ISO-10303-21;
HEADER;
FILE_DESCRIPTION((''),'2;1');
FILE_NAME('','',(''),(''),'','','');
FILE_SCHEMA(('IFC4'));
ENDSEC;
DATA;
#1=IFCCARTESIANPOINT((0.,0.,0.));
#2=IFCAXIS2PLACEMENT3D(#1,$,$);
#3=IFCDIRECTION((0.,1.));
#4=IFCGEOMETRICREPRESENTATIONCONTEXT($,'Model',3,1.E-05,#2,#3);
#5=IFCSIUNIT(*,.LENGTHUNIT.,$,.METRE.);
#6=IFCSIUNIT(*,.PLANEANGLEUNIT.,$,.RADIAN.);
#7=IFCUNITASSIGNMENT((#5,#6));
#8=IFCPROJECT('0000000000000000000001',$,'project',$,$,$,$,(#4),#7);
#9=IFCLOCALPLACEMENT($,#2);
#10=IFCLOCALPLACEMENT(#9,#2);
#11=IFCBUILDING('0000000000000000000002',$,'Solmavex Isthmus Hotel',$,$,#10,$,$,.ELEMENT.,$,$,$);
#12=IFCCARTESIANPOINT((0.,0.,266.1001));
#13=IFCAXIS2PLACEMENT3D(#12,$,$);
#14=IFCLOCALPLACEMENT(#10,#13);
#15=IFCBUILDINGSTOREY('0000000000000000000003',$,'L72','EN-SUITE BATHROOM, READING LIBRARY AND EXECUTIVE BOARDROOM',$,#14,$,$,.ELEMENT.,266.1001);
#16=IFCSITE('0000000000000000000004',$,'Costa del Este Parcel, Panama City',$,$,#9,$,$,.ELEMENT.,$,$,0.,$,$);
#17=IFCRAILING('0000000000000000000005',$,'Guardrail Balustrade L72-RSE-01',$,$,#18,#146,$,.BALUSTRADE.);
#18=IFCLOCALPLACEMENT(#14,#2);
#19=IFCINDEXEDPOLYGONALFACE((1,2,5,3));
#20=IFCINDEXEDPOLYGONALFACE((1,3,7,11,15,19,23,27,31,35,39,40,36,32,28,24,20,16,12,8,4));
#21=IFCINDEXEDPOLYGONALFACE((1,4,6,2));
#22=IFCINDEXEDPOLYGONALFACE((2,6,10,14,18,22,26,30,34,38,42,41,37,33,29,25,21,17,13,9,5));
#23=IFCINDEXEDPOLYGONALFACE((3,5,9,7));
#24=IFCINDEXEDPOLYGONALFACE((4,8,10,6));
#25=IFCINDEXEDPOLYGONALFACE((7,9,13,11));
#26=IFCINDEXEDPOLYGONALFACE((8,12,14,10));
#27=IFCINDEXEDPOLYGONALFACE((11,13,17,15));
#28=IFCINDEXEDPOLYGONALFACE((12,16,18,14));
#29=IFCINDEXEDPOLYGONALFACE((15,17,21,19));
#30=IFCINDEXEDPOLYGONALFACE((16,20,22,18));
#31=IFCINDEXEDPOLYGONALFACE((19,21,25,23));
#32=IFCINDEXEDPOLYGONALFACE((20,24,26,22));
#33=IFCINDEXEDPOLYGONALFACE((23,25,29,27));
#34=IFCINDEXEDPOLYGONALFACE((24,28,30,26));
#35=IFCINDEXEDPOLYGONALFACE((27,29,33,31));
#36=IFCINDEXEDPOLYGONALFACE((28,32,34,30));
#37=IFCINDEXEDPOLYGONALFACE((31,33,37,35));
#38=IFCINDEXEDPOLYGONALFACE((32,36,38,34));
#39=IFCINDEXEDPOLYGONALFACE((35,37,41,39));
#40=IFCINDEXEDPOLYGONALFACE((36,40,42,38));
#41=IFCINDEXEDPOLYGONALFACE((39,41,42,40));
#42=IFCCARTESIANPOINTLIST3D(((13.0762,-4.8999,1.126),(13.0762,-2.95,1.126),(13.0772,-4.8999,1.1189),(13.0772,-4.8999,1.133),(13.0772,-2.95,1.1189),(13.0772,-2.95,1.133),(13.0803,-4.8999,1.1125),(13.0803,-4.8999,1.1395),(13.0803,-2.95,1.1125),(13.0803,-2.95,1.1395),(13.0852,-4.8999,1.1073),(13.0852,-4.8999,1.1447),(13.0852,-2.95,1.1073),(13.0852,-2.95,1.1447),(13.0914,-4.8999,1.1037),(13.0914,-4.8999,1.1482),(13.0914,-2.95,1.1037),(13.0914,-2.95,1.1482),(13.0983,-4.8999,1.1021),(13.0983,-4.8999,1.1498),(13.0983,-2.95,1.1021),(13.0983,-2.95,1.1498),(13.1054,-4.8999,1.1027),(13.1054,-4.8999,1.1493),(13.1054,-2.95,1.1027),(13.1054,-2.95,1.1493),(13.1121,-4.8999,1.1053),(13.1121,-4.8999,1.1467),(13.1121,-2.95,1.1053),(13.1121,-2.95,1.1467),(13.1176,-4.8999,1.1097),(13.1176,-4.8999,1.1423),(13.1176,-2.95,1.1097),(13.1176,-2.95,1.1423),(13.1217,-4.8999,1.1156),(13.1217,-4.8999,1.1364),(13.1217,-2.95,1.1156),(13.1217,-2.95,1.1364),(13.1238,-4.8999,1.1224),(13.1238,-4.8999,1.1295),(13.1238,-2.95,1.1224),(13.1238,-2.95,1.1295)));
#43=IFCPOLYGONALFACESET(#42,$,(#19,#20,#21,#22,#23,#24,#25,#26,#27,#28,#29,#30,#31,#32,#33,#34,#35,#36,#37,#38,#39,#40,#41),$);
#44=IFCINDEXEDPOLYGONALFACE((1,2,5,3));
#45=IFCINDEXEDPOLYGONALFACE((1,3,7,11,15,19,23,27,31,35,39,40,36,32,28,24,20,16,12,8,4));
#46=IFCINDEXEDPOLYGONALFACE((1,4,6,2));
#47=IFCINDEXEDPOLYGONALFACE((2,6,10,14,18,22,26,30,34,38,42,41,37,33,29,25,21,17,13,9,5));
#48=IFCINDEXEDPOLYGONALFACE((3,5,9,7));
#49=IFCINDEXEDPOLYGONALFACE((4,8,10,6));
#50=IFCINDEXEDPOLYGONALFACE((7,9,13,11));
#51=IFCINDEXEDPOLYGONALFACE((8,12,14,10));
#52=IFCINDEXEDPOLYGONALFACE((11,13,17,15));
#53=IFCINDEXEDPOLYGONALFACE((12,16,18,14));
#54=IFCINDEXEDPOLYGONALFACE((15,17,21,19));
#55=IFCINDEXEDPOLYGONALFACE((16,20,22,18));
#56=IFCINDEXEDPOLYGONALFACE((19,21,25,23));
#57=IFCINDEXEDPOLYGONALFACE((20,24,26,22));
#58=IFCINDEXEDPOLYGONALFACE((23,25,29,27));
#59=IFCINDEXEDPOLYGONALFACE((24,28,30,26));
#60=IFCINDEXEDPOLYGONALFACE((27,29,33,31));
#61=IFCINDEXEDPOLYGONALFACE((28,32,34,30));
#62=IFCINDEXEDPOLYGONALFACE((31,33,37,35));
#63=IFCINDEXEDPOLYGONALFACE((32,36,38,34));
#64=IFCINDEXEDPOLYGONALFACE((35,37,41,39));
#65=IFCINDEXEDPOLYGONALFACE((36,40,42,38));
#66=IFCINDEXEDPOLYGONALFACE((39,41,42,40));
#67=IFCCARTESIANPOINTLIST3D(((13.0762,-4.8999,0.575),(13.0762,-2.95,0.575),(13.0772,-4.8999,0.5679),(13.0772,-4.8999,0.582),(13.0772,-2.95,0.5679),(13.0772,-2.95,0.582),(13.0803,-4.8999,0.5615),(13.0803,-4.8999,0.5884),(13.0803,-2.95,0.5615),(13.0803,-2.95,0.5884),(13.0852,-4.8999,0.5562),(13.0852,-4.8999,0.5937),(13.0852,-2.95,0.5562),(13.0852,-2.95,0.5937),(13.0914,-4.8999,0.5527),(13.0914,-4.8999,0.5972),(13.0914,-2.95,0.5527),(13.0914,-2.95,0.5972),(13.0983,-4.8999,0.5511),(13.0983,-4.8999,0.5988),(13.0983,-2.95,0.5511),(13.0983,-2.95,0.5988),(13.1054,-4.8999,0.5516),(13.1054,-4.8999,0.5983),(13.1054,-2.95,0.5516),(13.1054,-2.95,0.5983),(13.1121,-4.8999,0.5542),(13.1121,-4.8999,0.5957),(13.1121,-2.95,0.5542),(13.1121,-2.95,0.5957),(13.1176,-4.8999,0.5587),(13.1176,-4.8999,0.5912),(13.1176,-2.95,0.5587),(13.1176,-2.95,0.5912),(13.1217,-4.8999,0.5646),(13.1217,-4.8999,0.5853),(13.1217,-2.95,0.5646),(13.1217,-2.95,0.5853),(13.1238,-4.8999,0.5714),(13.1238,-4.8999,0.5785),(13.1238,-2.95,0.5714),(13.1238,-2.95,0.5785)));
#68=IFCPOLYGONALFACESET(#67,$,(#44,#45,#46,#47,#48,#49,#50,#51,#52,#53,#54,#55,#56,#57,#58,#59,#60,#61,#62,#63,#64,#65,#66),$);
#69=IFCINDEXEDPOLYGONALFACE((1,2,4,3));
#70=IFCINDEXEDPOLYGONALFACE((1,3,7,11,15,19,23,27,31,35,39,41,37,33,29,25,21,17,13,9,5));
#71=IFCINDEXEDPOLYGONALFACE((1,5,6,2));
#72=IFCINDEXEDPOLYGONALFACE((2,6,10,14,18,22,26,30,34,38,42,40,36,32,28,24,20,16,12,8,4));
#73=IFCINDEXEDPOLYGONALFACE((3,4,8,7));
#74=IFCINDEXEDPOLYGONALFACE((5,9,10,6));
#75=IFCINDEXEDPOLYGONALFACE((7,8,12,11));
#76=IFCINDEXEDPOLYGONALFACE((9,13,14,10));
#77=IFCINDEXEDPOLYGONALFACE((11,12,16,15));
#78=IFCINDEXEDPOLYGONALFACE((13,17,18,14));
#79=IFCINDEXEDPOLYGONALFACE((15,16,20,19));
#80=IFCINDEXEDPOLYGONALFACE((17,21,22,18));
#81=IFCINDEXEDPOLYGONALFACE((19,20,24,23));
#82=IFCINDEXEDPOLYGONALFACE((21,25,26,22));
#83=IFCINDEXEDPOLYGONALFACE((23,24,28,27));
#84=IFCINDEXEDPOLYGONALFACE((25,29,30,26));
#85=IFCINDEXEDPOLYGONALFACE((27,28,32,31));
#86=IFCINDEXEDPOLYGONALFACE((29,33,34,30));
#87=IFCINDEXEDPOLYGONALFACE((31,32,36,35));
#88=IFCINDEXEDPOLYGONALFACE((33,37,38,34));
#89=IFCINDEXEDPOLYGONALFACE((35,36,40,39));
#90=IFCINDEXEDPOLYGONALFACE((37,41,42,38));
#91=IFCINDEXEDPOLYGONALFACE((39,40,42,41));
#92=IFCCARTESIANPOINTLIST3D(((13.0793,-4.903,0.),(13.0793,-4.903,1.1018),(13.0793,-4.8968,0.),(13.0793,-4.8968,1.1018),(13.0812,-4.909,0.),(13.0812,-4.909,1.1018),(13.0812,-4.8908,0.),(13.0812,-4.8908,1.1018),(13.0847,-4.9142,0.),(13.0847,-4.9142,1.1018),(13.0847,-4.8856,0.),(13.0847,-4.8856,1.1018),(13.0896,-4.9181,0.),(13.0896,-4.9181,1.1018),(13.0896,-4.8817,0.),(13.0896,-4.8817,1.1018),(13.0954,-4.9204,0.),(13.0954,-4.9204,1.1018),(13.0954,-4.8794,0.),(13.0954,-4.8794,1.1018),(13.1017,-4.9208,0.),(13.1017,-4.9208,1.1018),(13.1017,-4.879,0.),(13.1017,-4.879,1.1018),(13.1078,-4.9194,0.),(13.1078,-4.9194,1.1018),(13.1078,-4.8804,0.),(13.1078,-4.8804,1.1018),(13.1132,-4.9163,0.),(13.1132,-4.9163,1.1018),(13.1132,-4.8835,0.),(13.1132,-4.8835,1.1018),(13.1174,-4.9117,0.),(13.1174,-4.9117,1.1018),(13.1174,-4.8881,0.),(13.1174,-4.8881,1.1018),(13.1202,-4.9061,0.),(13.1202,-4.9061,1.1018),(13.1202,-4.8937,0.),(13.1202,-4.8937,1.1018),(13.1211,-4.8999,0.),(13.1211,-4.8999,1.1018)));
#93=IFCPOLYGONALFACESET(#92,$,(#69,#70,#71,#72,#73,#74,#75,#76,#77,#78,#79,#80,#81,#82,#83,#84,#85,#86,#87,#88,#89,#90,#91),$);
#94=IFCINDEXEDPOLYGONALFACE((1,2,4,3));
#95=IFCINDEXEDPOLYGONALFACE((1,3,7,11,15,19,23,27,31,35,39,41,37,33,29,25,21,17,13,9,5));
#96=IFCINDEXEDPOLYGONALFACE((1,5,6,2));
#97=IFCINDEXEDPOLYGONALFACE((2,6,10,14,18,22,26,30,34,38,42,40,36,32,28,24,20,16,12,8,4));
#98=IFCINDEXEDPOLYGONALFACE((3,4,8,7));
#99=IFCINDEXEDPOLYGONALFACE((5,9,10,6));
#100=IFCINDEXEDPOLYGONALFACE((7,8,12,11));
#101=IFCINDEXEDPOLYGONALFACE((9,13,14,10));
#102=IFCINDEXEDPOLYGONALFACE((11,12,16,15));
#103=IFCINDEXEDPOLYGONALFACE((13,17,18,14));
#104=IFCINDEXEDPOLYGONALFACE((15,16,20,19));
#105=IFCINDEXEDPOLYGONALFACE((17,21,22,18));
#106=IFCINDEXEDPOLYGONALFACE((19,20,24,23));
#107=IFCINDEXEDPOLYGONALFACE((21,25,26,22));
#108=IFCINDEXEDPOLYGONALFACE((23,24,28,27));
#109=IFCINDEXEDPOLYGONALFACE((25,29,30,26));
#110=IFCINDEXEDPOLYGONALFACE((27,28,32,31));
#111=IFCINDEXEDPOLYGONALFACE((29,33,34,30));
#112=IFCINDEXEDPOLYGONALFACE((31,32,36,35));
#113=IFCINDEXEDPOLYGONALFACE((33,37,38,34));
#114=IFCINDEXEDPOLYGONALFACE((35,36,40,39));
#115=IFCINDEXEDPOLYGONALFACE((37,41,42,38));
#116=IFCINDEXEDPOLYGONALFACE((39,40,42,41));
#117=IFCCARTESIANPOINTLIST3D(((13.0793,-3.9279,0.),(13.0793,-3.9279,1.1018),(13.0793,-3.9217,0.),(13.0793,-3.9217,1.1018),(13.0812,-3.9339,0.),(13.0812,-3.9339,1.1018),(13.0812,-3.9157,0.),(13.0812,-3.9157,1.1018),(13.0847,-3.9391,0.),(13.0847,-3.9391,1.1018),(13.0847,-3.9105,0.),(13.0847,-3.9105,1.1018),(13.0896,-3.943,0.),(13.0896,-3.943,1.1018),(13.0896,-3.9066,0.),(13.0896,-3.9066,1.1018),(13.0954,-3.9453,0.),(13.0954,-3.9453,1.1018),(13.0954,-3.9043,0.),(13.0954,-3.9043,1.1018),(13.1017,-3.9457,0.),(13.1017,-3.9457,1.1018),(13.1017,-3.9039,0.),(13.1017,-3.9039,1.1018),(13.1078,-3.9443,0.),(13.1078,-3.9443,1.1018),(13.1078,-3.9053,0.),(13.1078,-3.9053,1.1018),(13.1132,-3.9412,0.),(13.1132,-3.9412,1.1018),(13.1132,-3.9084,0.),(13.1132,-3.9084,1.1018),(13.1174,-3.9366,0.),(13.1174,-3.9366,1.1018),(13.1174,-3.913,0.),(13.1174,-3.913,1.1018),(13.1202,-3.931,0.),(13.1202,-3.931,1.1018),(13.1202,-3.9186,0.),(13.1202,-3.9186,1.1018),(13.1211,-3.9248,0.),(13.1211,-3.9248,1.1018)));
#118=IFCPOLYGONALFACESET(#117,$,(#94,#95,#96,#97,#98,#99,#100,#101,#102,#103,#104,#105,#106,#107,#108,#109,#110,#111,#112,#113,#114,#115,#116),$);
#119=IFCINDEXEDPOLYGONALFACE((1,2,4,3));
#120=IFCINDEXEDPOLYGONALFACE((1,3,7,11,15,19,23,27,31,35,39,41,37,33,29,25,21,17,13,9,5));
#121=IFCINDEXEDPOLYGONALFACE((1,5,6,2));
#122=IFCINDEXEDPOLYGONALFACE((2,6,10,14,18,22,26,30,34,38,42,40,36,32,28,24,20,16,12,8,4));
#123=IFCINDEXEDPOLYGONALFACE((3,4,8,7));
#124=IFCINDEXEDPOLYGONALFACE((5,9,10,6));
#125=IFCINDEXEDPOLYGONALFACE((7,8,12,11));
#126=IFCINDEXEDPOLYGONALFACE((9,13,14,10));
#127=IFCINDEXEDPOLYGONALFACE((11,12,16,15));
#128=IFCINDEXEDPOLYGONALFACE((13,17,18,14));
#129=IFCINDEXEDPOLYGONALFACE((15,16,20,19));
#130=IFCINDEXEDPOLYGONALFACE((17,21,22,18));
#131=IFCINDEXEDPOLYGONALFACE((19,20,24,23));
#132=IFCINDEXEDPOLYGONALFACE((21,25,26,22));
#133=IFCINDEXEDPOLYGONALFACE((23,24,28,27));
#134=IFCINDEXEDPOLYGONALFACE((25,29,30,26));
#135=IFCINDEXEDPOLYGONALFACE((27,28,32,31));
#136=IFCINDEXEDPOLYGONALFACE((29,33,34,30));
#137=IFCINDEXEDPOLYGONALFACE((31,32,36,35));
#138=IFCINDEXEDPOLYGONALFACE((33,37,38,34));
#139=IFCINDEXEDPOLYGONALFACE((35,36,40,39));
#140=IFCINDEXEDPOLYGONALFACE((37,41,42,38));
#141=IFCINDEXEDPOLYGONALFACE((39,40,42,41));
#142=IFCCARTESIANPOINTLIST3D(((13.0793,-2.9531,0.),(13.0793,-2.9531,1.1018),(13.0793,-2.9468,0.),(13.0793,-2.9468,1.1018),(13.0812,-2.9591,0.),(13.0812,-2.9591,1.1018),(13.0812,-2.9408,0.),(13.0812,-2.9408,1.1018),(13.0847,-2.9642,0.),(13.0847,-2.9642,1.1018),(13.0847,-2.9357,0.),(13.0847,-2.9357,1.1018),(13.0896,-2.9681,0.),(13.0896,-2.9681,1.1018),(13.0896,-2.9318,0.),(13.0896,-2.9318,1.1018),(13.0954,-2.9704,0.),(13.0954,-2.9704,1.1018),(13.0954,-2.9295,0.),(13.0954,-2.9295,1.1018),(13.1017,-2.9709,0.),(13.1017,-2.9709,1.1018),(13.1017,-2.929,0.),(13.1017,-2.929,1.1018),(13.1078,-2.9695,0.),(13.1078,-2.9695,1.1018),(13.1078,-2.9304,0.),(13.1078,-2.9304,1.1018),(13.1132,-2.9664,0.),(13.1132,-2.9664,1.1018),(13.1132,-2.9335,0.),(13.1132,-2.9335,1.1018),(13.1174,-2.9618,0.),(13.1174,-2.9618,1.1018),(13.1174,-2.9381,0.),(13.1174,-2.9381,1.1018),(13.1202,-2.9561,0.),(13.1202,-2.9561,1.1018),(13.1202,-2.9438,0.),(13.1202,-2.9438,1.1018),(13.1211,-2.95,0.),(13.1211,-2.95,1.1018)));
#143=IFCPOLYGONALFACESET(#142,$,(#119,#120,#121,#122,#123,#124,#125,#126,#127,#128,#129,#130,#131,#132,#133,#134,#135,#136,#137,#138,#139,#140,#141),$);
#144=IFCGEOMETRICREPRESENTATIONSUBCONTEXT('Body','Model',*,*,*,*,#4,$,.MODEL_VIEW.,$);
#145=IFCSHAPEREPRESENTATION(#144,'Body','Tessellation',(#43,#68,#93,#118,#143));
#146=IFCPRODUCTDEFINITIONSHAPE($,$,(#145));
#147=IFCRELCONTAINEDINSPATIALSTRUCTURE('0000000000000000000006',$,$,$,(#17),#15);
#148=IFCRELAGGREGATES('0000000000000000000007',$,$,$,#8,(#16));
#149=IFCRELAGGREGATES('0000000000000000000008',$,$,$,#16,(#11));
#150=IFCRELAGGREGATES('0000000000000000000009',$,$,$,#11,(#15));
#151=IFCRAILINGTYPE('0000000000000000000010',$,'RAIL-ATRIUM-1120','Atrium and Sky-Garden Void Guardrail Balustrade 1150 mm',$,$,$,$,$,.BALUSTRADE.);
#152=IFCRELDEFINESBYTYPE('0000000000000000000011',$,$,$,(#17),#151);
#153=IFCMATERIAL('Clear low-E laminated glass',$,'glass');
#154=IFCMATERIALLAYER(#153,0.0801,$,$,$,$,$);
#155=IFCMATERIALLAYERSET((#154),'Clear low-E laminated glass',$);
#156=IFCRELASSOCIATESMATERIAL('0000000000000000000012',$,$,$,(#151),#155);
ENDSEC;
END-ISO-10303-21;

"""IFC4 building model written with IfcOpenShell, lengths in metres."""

from ifc_helpers import new_model, si_unit, direction, frame, origin, origin_2d, place, context, subcontext, project, spatial, circle, extrude, material, layer, layer_set, type_object, element, save


model = new_model("IFC4")

# Units and contexts
model_context = context("Model", 3, precision=1e-05, world=origin(), true_north=direction((0.0, 1.0)))
body_context = subcontext(model_context, "Body", "Model", "MODEL_VIEW")
ifc_project = project(units=[si_unit("LENGTHUNIT", "METRE"), si_unit("PLANEANGLEUNIT", "RADIAN")], contexts=[model_context])

# Site, building, storey
site_placement = place(None, origin())
site = spatial("IfcSite", under=ifc_project, at=site_placement, Name="Costa del Este Parcel, Panama City", CompositionType="ELEMENT", RefElevation=0.0)
building_placement = place(site_placement, origin())
building = spatial("IfcBuilding", under=site, at=building_placement, Name="Solmavex Isthmus Hotel", CompositionType="ELEMENT")
storey_placement = place(building_placement, frame((0.0, 0.0, 266.1001)))
storey = spatial("IfcBuildingStorey", under=building, at=storey_placement, Name="L72", Description="EN-SUITE BATHROOM, READING LIBRARY AND EXECUTIVE BOARDROOM", CompositionType="ELEMENT", Elevation=266.1001)

# Railing
ifc_material_1 = material(Name="Clear low-E laminated glass", Category="glass")
ifc_layer_1 = layer(ifc_material_1, 0.0801)
ifc_layer_set_1 = layer_set([ifc_layer_1], Name="Clear low-E laminated glass")
railing_type_1 = type_object("IfcRailingType", Name="RAIL-ATRIUM-1120", Description="Atrium and Sky-Garden Void Guardrail Balustrade 1150 mm", PredefinedType="BALUSTRADE", material=ifc_layer_set_1)
railing_1_placement = place(storey_placement, frame((13.1001, -4.8999, 0.0)))
element("IfcRailing", 1, at=railing_1_placement, inside=storey, type_object=railing_type_1, Name="Guardrail Balustrade L72-RSE-01", PredefinedType="BALUSTRADE", context=body_context, shape_type="SweptSolid", body=[
    extrude(circle(Radius=0.0239, at=origin_2d()), frame((0.0, 0.0, 1.126), z_axis=(0.0, 1.0, 0.0), x_axis=(-1.0, 0.0, 0.0)), (0.0, 0.0, 1.0), 1.95),
    extrude(circle(Radius=0.0239, at=origin_2d()), frame((0.0, 0.0, 0.575), z_axis=(0.0, 1.0, 0.0), x_axis=(-1.0, 0.0, 0.0)), (0.0, 0.0, 1.0), 1.95),
    extrude(circle(Radius=0.021, at=origin_2d()), origin(), (0.0, 0.0, 1.0), 1.1018),
    extrude(circle(Radius=0.021, at=origin_2d()), frame((0.0, 0.9751, 0.0)), (0.0, 0.0, 1.0), 1.1018),
    extrude(circle(Radius=0.021, at=origin_2d()), frame((0.0, 1.95, 0.0)), (0.0, 0.0, 1.0), 1.1018),
])

save(model, "model.ifc")
